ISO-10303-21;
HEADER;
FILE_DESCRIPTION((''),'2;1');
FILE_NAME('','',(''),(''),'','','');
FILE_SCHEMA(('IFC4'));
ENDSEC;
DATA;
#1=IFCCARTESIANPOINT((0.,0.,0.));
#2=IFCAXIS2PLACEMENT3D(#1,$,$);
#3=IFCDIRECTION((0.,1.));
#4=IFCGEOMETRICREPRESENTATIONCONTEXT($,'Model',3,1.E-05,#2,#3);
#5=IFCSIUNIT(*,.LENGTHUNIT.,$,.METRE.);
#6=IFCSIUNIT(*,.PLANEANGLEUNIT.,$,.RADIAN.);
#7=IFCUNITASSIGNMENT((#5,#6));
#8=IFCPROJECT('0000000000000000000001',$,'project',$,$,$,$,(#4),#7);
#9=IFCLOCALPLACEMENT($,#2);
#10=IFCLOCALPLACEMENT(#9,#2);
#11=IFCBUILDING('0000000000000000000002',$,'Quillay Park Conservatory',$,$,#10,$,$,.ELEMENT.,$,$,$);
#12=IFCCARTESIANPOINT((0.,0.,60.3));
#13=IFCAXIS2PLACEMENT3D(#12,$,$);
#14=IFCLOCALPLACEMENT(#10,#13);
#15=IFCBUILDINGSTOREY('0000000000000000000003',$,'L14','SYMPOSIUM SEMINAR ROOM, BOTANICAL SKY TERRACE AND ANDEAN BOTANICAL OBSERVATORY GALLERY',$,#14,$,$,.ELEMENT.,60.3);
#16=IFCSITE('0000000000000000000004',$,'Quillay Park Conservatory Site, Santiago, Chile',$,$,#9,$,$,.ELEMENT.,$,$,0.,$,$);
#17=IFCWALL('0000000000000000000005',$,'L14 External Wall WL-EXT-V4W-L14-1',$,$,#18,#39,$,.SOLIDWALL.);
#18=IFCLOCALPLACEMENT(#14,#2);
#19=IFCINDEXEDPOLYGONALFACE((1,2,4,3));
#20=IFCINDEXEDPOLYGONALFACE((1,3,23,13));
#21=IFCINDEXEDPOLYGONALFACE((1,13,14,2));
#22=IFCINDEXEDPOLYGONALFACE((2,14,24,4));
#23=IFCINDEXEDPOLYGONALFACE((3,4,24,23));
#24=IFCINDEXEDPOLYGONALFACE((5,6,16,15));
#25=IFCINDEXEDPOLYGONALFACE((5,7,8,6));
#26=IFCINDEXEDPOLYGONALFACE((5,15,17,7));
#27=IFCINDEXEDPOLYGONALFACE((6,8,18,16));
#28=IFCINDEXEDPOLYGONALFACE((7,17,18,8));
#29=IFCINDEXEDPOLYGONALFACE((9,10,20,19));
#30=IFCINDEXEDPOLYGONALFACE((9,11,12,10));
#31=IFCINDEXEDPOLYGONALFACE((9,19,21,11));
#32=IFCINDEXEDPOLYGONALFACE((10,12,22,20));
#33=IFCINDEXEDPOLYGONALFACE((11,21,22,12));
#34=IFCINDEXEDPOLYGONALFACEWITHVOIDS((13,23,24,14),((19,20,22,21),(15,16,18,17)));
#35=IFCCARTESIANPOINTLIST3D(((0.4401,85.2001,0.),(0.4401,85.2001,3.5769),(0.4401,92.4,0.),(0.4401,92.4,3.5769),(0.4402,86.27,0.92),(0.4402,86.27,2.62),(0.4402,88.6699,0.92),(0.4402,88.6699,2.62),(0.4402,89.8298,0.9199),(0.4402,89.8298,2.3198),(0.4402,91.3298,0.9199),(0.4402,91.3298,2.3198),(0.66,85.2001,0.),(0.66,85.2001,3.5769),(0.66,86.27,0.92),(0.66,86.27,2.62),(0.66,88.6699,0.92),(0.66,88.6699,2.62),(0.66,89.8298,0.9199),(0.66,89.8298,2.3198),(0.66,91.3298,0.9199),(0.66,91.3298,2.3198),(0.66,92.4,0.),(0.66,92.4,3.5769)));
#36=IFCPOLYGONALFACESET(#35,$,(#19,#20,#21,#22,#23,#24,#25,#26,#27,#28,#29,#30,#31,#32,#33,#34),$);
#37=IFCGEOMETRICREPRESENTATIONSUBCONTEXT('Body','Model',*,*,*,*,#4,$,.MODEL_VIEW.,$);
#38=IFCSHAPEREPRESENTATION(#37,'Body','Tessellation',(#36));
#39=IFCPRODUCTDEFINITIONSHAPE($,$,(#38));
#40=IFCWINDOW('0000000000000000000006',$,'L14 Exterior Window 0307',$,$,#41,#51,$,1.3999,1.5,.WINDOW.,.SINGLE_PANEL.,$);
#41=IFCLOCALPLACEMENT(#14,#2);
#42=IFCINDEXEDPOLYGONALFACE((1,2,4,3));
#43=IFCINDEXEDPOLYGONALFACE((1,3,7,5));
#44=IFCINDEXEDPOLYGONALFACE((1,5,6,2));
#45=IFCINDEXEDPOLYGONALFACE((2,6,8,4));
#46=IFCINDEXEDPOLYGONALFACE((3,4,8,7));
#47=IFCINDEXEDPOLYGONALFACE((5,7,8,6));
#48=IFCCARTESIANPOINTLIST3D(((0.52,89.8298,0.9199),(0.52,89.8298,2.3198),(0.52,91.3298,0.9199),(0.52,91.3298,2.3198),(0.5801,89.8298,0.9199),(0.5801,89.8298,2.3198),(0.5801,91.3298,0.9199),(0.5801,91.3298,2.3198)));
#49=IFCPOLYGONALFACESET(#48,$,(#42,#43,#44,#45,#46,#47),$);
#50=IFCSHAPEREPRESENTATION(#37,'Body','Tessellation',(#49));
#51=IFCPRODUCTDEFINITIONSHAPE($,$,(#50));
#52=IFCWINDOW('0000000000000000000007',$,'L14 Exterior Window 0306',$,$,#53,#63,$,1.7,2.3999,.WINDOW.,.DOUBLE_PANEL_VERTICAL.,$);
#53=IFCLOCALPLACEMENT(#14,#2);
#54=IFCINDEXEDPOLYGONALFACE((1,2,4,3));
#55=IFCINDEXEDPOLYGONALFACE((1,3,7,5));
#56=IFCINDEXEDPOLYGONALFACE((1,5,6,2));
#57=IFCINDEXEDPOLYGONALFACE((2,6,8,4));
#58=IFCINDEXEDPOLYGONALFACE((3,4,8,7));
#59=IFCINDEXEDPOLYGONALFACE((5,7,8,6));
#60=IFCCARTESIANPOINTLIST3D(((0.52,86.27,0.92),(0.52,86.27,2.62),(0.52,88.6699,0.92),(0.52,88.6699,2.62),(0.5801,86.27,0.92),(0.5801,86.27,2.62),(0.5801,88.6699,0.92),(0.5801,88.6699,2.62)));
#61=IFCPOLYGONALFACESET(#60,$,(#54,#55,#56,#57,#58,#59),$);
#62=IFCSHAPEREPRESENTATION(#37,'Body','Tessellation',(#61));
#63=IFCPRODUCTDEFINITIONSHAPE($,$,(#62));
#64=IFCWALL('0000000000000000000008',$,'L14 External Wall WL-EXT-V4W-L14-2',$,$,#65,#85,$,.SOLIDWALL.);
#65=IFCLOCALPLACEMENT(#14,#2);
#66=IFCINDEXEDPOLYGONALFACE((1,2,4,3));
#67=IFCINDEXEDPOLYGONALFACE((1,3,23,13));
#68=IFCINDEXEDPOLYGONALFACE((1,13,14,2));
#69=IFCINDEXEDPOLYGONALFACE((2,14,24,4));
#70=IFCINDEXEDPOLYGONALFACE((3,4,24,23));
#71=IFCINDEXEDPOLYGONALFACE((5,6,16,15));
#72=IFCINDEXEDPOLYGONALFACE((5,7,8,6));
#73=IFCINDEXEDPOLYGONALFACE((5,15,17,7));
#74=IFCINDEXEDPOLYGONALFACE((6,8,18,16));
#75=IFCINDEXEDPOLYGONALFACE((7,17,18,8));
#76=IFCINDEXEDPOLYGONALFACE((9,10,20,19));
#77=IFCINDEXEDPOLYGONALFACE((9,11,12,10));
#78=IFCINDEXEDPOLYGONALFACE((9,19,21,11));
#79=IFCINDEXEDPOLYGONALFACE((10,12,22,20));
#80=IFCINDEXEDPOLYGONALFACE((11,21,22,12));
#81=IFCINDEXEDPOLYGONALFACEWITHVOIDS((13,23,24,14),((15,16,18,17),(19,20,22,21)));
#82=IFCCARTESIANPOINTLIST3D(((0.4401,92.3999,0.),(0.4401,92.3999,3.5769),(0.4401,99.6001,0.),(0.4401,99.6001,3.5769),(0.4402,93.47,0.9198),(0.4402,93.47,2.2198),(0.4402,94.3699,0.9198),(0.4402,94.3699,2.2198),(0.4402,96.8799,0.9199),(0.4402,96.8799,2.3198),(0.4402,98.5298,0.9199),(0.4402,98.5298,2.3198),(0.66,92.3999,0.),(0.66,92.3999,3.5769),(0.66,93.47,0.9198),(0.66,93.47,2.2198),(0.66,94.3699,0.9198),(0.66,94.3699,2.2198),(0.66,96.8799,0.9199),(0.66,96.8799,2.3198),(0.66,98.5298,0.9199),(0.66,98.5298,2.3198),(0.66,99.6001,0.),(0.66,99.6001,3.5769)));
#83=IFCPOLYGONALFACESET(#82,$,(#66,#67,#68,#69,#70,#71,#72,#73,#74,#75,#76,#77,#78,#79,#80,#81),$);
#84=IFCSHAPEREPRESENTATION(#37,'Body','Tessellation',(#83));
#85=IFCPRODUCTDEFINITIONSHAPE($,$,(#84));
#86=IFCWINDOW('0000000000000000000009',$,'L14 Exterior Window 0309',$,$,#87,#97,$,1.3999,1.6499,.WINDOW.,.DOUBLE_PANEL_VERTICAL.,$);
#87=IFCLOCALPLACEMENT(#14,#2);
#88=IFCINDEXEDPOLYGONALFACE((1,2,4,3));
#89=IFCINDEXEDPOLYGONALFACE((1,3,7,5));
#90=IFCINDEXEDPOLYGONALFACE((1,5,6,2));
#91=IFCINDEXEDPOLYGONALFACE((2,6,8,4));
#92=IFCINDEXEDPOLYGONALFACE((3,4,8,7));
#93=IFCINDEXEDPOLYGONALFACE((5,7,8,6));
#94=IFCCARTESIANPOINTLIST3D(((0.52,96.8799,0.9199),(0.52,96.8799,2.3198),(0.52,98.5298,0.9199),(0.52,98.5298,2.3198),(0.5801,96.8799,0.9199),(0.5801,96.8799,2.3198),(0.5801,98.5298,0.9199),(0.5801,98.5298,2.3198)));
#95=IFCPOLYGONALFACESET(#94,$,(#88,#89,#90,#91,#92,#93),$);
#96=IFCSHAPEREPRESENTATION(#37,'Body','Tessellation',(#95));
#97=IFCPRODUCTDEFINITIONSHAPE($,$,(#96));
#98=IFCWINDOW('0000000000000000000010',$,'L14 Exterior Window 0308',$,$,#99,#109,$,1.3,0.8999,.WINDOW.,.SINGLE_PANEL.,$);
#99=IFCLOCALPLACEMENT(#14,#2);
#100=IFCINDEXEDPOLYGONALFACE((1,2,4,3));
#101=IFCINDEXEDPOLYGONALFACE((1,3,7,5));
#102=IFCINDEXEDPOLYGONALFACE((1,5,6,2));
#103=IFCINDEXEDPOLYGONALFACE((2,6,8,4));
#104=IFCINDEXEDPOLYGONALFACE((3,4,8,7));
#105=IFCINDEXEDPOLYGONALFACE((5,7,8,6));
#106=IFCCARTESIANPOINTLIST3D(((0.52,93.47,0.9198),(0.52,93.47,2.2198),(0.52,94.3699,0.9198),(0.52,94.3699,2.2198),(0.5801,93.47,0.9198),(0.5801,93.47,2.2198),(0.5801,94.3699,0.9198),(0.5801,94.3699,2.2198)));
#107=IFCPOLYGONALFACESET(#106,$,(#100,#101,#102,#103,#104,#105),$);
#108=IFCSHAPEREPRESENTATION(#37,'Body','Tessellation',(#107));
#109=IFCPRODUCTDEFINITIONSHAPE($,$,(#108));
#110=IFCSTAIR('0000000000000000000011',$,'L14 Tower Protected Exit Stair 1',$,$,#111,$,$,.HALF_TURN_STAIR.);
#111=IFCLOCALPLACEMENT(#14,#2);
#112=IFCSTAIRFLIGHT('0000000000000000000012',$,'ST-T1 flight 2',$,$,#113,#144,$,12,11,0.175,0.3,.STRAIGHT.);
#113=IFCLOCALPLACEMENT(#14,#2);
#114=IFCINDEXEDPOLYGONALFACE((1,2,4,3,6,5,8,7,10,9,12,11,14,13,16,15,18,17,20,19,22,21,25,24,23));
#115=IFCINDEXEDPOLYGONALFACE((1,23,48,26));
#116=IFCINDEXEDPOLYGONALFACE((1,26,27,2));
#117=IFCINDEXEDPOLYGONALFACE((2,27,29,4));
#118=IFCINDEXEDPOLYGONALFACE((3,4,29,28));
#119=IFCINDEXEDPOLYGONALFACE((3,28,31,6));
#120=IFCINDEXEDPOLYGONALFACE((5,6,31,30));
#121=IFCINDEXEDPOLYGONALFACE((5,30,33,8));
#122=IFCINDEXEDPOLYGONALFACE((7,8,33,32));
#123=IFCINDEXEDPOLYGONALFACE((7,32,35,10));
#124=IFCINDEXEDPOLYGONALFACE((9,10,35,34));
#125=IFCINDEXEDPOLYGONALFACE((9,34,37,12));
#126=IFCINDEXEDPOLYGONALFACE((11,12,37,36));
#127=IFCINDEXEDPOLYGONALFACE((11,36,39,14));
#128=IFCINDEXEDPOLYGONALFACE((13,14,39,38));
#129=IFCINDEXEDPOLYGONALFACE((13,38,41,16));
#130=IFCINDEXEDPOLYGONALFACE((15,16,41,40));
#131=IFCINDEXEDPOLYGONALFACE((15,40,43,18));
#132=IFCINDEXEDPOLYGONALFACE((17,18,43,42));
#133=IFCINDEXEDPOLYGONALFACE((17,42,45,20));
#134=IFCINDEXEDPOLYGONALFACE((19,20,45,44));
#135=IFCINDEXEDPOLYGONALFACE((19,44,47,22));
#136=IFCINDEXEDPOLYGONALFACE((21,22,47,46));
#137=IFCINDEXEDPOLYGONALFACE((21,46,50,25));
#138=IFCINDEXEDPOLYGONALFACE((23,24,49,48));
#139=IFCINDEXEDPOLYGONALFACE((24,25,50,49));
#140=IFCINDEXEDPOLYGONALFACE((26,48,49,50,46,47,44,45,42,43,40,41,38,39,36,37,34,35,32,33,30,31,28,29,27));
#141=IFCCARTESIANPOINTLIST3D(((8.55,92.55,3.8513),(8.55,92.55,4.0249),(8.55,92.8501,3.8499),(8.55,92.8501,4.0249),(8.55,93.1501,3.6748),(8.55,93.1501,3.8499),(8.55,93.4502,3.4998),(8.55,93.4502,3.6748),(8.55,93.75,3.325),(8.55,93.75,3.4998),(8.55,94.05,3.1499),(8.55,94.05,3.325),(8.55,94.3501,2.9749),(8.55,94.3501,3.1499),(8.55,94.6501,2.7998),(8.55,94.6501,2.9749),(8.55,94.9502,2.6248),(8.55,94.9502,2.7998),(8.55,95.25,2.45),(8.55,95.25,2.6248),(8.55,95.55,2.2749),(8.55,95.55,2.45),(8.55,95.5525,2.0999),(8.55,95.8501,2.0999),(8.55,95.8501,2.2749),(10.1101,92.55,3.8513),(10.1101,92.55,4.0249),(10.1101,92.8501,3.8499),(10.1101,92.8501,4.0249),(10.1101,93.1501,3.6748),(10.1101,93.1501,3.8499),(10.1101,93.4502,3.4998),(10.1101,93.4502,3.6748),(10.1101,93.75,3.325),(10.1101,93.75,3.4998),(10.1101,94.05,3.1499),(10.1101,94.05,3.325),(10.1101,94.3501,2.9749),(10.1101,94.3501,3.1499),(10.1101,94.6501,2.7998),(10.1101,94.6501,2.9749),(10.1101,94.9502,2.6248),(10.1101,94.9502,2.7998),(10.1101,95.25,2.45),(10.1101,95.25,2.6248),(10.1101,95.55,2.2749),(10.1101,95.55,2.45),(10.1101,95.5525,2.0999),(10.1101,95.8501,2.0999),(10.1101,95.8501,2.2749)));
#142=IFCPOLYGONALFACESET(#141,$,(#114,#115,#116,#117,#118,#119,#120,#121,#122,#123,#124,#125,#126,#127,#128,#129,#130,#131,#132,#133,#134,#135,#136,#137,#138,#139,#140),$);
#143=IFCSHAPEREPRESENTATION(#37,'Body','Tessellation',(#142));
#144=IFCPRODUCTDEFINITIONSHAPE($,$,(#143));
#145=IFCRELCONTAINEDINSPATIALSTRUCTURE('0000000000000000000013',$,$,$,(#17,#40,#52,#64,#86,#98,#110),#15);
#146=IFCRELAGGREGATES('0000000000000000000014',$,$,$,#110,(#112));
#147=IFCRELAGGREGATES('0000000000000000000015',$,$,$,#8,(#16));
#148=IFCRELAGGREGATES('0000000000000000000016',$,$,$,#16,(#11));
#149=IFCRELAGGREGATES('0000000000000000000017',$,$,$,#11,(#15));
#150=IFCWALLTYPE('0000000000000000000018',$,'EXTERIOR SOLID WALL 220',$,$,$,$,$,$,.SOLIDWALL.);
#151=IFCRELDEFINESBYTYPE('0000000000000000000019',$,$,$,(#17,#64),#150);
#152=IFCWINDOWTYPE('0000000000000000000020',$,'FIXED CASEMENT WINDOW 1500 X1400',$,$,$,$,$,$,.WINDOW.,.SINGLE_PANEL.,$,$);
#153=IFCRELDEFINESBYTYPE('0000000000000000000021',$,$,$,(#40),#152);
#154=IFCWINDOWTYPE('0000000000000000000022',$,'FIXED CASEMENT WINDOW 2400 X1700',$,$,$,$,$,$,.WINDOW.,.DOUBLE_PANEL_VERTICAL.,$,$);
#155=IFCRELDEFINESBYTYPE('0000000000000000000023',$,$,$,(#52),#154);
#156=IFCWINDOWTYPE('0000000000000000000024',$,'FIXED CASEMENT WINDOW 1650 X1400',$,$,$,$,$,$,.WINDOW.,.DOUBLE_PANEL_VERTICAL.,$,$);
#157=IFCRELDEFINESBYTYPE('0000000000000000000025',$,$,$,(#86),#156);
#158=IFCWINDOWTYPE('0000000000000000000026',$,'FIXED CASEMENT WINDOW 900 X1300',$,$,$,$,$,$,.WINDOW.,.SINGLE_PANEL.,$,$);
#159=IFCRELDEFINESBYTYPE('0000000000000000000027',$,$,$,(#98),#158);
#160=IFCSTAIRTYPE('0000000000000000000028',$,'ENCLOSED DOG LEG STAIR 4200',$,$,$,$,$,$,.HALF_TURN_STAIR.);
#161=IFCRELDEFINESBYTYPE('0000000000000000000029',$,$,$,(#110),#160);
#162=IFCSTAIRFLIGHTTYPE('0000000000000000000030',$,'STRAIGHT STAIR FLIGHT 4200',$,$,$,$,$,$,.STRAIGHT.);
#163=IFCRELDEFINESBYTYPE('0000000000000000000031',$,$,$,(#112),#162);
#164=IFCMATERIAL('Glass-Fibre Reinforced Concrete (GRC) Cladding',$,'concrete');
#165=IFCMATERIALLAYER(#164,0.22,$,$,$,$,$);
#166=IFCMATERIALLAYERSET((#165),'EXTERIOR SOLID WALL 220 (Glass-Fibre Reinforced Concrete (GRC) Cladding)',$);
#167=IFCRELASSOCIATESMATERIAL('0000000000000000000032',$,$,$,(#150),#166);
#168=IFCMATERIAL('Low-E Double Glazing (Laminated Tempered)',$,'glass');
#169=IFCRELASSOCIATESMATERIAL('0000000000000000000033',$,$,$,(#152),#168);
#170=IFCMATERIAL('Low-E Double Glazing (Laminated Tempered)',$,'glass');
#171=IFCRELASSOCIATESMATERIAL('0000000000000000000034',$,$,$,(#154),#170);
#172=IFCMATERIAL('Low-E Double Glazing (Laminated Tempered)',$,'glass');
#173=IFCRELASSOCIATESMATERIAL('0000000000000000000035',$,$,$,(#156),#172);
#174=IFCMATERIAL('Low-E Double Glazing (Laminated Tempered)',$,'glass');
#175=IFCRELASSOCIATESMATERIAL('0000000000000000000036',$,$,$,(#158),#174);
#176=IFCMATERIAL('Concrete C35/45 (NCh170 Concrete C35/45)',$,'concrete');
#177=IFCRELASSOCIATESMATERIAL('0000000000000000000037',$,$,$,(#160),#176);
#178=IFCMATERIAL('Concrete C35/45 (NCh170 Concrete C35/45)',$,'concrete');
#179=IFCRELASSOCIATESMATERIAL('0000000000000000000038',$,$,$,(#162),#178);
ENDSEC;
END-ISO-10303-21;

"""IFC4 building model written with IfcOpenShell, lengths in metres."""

from ifc_helpers import new_model, si_unit, direction, frame, frame_2d, origin, place, context, subcontext, project, spatial, polyline, rectangle, outline, extrude, material, layer, layer_set, type_object, element, fill, aggregate, save


model = new_model("IFC4")

# Units and contexts
model_context = context("Model", 3, precision=1e-05, world=origin(), true_north=direction((0.0, 1.0)))
body_context = subcontext(model_context, "Body", "Model", "MODEL_VIEW")
ifc_project = project(units=[si_unit("LENGTHUNIT", "METRE"), si_unit("PLANEANGLEUNIT", "RADIAN")], contexts=[model_context])

# Site, building, storey
site_placement = place(None, origin())
site = spatial("IfcSite", under=ifc_project, at=site_placement, Name="Quillay Park Conservatory Site, Santiago, Chile", CompositionType="ELEMENT", RefElevation=0.0)
building_placement = place(site_placement, origin())
building = spatial("IfcBuilding", under=site, at=building_placement, Name="Quillay Park Conservatory", CompositionType="ELEMENT")
storey_placement = place(building_placement, frame((0.0, 0.0, 60.3)))
storey = spatial("IfcBuildingStorey", under=building, at=storey_placement, Name="L14", Description="SYMPOSIUM SEMINAR ROOM, BOTANICAL SKY TERRACE AND ANDEAN BOTANICAL OBSERVATORY GALLERY", CompositionType="ELEMENT", Elevation=60.3)

# Walls, openings, windows
ifc_material_1 = material(Name="Glass-Fibre Reinforced Concrete (GRC) Cladding", Category="concrete")
ifc_layer_1 = layer(ifc_material_1, 0.22)
ifc_layer_set_1 = layer_set([ifc_layer_1], Name="EXTERIOR SOLID WALL 220 (Glass-Fibre Reinforced Concrete (GRC) Cladding)")
wall_type_1 = type_object("IfcWallType", Name="EXTERIOR SOLID WALL 220", PredefinedType="SOLIDWALL", material=ifc_layer_set_1)
wall_1_placement = place(storey_placement, frame((0.55, 85.2, 0.0), z_axis=(0.0, 0.0, 1.0), x_axis=(0.0, 1.0, 0.0)))
wall_1 = element("IfcWall", 1, at=wall_1_placement, inside=storey, type_object=wall_type_1, Name="L14 External Wall WL-EXT-V4W-L14-1", PredefinedType="SOLIDWALL", context=body_context, shape_type="SweptSolid", body=[
    extrude(rectangle(XDim=7.2, YDim=0.22, at=frame_2d((3.6001, 0.0))), origin(), (0.0, 0.0, 1.0), 3.5769),
])
opening_1_placement = place(wall_1_placement, frame((1.0701, 0.0, 0.9199)))
opening_1 = element("IfcOpeningElement", 2, at=opening_1_placement, cuts=wall_1, PredefinedType="OPENING", context=body_context, shape_type="SweptSolid", body=[
    extrude(rectangle(XDim=2.3999, YDim=1.7, at=frame_2d((1.2, 0.8501))), frame((0.0, 0.1099, 0.0), z_axis=(0.0, -1.0, 0.0), x_axis=(1.0, 0.0, 0.0)), (0.0, 0.0, 1.0), 0.22),
])
opening_2_placement = place(wall_1_placement, frame((4.6299, 0.0, 0.9199)))
opening_2 = element("IfcOpeningElement", 3, at=opening_2_placement, cuts=wall_1, PredefinedType="OPENING", context=body_context, shape_type="SweptSolid", body=[
    extrude(rectangle(XDim=1.5, YDim=1.3999, at=frame_2d((0.75, 0.7))), frame((0.0, 0.1099, 0.0), z_axis=(0.0, -1.0, 0.0), x_axis=(1.0, 0.0, 0.0)), (0.0, 0.0, 1.0), 0.22),
])
ifc_material_2 = material(Name="Low-E Double Glazing (Laminated Tempered)", Category="glass")
window_type_1 = type_object("IfcWindowType", Name="FIXED CASEMENT WINDOW 1500 X1400", PartitioningType="SINGLE_PANEL", PredefinedType="WINDOW", material=ifc_material_2)
window_1_placement = place(opening_2_placement, origin())
window_1 = element("IfcWindow", 4, at=window_1_placement, inside=storey, type_object=window_type_1, Name="L14 Exterior Window 0307", OverallHeight=1.3999, OverallWidth=1.5, PartitioningType="SINGLE_PANEL", PredefinedType="WINDOW", context=body_context, shape_type="SweptSolid", body=[
    extrude(rectangle(XDim=1.5, YDim=1.3999, at=frame_2d((0.75, 0.7))), frame((0.0, 0.03, 0.0), z_axis=(0.0, -1.0, 0.0), x_axis=(1.0, 0.0, 0.0)), (0.0, 0.0, 1.0), 0.0601),
])
fill(opening_2, window_1)
ifc_material_3 = material(Name="Low-E Double Glazing (Laminated Tempered)", Category="glass")
window_type_2 = type_object("IfcWindowType", Name="FIXED CASEMENT WINDOW 2400 X1700", PartitioningType="DOUBLE_PANEL_VERTICAL", PredefinedType="WINDOW", material=ifc_material_3)
window_2_placement = place(opening_1_placement, origin())
window_2 = element("IfcWindow", 5, at=window_2_placement, inside=storey, type_object=window_type_2, Name="L14 Exterior Window 0306", OverallHeight=1.7, OverallWidth=2.3999, PartitioningType="DOUBLE_PANEL_VERTICAL", PredefinedType="WINDOW", context=body_context, shape_type="SweptSolid", body=[
    extrude(rectangle(XDim=2.3999, YDim=1.7, at=frame_2d((1.2, 0.8501))), frame((0.0, 0.03, 0.0), z_axis=(0.0, -1.0, 0.0), x_axis=(1.0, 0.0, 0.0)), (0.0, 0.0, 1.0), 0.0601),
])
fill(opening_1, window_2)
wall_2_placement = place(storey_placement, frame((0.55, 92.3999, 0.0), z_axis=(0.0, 0.0, 1.0), x_axis=(0.0, 1.0, 0.0)))
wall_2 = element("IfcWall", 6, at=wall_2_placement, inside=storey, type_object=wall_type_1, Name="L14 External Wall WL-EXT-V4W-L14-2", PredefinedType="SOLIDWALL", context=body_context, shape_type="SweptSolid", body=[
    extrude(rectangle(XDim=7.2002, YDim=0.22, at=frame_2d((3.6001, 0.0))), origin(), (0.0, 0.0, 1.0), 3.5769),
])
opening_3_placement = place(wall_2_placement, frame((1.0701, 0.0, 0.9199)))
opening_3 = element("IfcOpeningElement", 7, at=opening_3_placement, cuts=wall_2, PredefinedType="OPENING", context=body_context, shape_type="SweptSolid", body=[
    extrude(rectangle(XDim=0.8999, YDim=1.3, at=frame_2d((0.45, 0.6499))), frame((0.0, 0.1099, 0.0), z_axis=(0.0, -1.0, 0.0), x_axis=(1.0, 0.0, 0.0)), (0.0, 0.0, 1.0), 0.22),
])
opening_4_placement = place(wall_2_placement, frame((4.48, 0.0, 0.9199)))
opening_4 = element("IfcOpeningElement", 8, at=opening_4_placement, cuts=wall_2, PredefinedType="OPENING", context=body_context, shape_type="SweptSolid", body=[
    extrude(rectangle(XDim=1.6499, YDim=1.3999, at=frame_2d((0.825, 0.7))), frame((0.0, 0.1099, 0.0), z_axis=(0.0, -1.0, 0.0), x_axis=(1.0, 0.0, 0.0)), (0.0, 0.0, 1.0), 0.22),
])
ifc_material_4 = material(Name="Low-E Double Glazing (Laminated Tempered)", Category="glass")
window_type_3 = type_object("IfcWindowType", Name="FIXED CASEMENT WINDOW 1650 X1400", PartitioningType="DOUBLE_PANEL_VERTICAL", PredefinedType="WINDOW", material=ifc_material_4)
window_3_placement = place(opening_4_placement, origin())
window_3 = element("IfcWindow", 9, at=window_3_placement, inside=storey, type_object=window_type_3, Name="L14 Exterior Window 0309", OverallHeight=1.3999, OverallWidth=1.6499, PartitioningType="DOUBLE_PANEL_VERTICAL", PredefinedType="WINDOW", context=body_context, shape_type="SweptSolid", body=[
    extrude(rectangle(XDim=1.6499, YDim=1.3999, at=frame_2d((0.825, 0.7))), frame((0.0, 0.03, 0.0), z_axis=(0.0, -1.0, 0.0), x_axis=(1.0, 0.0, 0.0)), (0.0, 0.0, 1.0), 0.0601),
])
fill(opening_4, window_3)
ifc_material_5 = material(Name="Low-E Double Glazing (Laminated Tempered)", Category="glass")
window_type_4 = type_object("IfcWindowType", Name="FIXED CASEMENT WINDOW 900 X1300", PartitioningType="SINGLE_PANEL", PredefinedType="WINDOW", material=ifc_material_5)
window_4_placement = place(opening_3_placement, origin())
window_4 = element("IfcWindow", 10, at=window_4_placement, inside=storey, type_object=window_type_4, Name="L14 Exterior Window 0308", OverallHeight=1.3, OverallWidth=0.8999, PartitioningType="SINGLE_PANEL", PredefinedType="WINDOW", context=body_context, shape_type="SweptSolid", body=[
    extrude(rectangle(XDim=0.8999, YDim=1.3, at=frame_2d((0.45, 0.6499))), frame((0.0, 0.03, 0.0), z_axis=(0.0, -1.0, 0.0), x_axis=(1.0, 0.0, 0.0)), (0.0, 0.0, 1.0), 0.0601),
])
fill(opening_3, window_4)

# Stair, stair flight
ifc_material_6 = material(Name="Concrete C35/45 (NCh170 Concrete C35/45)", Category="concrete")
stair_type = type_object("IfcStairType", Name="ENCLOSED DOG LEG STAIR 4200", PredefinedType="HALF_TURN_STAIR", material=ifc_material_6)
stair_placement = place(storey_placement, origin())
stair = element("IfcStair", 11, at=stair_placement, inside=storey, type_object=stair_type, Name="L14 Tower Protected Exit Stair 1", PredefinedType="HALF_TURN_STAIR")
ifc_material_7 = material(Name="Concrete C35/45 (NCh170 Concrete C35/45)", Category="concrete")
stair_flight_type = type_object("IfcStairFlightType", Name="STRAIGHT STAIR FLIGHT 4200", PredefinedType="STRAIGHT", material=ifc_material_7)
stair_flight_placement = place(storey_placement, frame((9.3301, 95.8501, 2.0999), z_axis=(0.0, 0.0, 1.0), x_axis=(0.0, -1.0, 0.0)))
stair_flight = element("IfcStairFlight", 12, at=stair_flight_placement, type_object=stair_flight_type, Name="ST-T1 flight 2", NumberOfRisers=12, NumberOfTreads=11, PredefinedType="STRAIGHT", RiserHeight=0.175, TreadLength=0.3, context=body_context, shape_type="SweptSolid", body=[
    extrude(outline(polyline([(0.0, 0.0), (0.0, 0.175), (0.3, 0.175), (0.3, 0.3501), (0.6001, 0.3501), (0.6001, 0.5249), (0.8999, 0.5249), (0.8999, 0.7), (1.2, 0.7), (1.2, 0.875), (1.5, 0.875), (1.5, 1.05), (1.8, 1.05), (1.8, 1.2251), (2.1001, 1.2251), (2.1001, 1.3999), (2.3999, 1.3999), (2.3999, 1.575), (2.7, 1.575), (2.7, 1.75), (3.0, 1.75), (3.0, 1.925), (3.3, 1.925), (3.3, 2.1001), (3.3, 1.7515), (0.2976, 0.0), (0.0, 0.0)])), frame((0.0, 0.78, 0.0), z_axis=(0.0, -1.0, 0.0), x_axis=(1.0, 0.0, 0.0)), (0.0, 0.0, 1.0), 1.5601),
])
aggregate(stair, [stair_flight])

save(model, "model.ifc")
